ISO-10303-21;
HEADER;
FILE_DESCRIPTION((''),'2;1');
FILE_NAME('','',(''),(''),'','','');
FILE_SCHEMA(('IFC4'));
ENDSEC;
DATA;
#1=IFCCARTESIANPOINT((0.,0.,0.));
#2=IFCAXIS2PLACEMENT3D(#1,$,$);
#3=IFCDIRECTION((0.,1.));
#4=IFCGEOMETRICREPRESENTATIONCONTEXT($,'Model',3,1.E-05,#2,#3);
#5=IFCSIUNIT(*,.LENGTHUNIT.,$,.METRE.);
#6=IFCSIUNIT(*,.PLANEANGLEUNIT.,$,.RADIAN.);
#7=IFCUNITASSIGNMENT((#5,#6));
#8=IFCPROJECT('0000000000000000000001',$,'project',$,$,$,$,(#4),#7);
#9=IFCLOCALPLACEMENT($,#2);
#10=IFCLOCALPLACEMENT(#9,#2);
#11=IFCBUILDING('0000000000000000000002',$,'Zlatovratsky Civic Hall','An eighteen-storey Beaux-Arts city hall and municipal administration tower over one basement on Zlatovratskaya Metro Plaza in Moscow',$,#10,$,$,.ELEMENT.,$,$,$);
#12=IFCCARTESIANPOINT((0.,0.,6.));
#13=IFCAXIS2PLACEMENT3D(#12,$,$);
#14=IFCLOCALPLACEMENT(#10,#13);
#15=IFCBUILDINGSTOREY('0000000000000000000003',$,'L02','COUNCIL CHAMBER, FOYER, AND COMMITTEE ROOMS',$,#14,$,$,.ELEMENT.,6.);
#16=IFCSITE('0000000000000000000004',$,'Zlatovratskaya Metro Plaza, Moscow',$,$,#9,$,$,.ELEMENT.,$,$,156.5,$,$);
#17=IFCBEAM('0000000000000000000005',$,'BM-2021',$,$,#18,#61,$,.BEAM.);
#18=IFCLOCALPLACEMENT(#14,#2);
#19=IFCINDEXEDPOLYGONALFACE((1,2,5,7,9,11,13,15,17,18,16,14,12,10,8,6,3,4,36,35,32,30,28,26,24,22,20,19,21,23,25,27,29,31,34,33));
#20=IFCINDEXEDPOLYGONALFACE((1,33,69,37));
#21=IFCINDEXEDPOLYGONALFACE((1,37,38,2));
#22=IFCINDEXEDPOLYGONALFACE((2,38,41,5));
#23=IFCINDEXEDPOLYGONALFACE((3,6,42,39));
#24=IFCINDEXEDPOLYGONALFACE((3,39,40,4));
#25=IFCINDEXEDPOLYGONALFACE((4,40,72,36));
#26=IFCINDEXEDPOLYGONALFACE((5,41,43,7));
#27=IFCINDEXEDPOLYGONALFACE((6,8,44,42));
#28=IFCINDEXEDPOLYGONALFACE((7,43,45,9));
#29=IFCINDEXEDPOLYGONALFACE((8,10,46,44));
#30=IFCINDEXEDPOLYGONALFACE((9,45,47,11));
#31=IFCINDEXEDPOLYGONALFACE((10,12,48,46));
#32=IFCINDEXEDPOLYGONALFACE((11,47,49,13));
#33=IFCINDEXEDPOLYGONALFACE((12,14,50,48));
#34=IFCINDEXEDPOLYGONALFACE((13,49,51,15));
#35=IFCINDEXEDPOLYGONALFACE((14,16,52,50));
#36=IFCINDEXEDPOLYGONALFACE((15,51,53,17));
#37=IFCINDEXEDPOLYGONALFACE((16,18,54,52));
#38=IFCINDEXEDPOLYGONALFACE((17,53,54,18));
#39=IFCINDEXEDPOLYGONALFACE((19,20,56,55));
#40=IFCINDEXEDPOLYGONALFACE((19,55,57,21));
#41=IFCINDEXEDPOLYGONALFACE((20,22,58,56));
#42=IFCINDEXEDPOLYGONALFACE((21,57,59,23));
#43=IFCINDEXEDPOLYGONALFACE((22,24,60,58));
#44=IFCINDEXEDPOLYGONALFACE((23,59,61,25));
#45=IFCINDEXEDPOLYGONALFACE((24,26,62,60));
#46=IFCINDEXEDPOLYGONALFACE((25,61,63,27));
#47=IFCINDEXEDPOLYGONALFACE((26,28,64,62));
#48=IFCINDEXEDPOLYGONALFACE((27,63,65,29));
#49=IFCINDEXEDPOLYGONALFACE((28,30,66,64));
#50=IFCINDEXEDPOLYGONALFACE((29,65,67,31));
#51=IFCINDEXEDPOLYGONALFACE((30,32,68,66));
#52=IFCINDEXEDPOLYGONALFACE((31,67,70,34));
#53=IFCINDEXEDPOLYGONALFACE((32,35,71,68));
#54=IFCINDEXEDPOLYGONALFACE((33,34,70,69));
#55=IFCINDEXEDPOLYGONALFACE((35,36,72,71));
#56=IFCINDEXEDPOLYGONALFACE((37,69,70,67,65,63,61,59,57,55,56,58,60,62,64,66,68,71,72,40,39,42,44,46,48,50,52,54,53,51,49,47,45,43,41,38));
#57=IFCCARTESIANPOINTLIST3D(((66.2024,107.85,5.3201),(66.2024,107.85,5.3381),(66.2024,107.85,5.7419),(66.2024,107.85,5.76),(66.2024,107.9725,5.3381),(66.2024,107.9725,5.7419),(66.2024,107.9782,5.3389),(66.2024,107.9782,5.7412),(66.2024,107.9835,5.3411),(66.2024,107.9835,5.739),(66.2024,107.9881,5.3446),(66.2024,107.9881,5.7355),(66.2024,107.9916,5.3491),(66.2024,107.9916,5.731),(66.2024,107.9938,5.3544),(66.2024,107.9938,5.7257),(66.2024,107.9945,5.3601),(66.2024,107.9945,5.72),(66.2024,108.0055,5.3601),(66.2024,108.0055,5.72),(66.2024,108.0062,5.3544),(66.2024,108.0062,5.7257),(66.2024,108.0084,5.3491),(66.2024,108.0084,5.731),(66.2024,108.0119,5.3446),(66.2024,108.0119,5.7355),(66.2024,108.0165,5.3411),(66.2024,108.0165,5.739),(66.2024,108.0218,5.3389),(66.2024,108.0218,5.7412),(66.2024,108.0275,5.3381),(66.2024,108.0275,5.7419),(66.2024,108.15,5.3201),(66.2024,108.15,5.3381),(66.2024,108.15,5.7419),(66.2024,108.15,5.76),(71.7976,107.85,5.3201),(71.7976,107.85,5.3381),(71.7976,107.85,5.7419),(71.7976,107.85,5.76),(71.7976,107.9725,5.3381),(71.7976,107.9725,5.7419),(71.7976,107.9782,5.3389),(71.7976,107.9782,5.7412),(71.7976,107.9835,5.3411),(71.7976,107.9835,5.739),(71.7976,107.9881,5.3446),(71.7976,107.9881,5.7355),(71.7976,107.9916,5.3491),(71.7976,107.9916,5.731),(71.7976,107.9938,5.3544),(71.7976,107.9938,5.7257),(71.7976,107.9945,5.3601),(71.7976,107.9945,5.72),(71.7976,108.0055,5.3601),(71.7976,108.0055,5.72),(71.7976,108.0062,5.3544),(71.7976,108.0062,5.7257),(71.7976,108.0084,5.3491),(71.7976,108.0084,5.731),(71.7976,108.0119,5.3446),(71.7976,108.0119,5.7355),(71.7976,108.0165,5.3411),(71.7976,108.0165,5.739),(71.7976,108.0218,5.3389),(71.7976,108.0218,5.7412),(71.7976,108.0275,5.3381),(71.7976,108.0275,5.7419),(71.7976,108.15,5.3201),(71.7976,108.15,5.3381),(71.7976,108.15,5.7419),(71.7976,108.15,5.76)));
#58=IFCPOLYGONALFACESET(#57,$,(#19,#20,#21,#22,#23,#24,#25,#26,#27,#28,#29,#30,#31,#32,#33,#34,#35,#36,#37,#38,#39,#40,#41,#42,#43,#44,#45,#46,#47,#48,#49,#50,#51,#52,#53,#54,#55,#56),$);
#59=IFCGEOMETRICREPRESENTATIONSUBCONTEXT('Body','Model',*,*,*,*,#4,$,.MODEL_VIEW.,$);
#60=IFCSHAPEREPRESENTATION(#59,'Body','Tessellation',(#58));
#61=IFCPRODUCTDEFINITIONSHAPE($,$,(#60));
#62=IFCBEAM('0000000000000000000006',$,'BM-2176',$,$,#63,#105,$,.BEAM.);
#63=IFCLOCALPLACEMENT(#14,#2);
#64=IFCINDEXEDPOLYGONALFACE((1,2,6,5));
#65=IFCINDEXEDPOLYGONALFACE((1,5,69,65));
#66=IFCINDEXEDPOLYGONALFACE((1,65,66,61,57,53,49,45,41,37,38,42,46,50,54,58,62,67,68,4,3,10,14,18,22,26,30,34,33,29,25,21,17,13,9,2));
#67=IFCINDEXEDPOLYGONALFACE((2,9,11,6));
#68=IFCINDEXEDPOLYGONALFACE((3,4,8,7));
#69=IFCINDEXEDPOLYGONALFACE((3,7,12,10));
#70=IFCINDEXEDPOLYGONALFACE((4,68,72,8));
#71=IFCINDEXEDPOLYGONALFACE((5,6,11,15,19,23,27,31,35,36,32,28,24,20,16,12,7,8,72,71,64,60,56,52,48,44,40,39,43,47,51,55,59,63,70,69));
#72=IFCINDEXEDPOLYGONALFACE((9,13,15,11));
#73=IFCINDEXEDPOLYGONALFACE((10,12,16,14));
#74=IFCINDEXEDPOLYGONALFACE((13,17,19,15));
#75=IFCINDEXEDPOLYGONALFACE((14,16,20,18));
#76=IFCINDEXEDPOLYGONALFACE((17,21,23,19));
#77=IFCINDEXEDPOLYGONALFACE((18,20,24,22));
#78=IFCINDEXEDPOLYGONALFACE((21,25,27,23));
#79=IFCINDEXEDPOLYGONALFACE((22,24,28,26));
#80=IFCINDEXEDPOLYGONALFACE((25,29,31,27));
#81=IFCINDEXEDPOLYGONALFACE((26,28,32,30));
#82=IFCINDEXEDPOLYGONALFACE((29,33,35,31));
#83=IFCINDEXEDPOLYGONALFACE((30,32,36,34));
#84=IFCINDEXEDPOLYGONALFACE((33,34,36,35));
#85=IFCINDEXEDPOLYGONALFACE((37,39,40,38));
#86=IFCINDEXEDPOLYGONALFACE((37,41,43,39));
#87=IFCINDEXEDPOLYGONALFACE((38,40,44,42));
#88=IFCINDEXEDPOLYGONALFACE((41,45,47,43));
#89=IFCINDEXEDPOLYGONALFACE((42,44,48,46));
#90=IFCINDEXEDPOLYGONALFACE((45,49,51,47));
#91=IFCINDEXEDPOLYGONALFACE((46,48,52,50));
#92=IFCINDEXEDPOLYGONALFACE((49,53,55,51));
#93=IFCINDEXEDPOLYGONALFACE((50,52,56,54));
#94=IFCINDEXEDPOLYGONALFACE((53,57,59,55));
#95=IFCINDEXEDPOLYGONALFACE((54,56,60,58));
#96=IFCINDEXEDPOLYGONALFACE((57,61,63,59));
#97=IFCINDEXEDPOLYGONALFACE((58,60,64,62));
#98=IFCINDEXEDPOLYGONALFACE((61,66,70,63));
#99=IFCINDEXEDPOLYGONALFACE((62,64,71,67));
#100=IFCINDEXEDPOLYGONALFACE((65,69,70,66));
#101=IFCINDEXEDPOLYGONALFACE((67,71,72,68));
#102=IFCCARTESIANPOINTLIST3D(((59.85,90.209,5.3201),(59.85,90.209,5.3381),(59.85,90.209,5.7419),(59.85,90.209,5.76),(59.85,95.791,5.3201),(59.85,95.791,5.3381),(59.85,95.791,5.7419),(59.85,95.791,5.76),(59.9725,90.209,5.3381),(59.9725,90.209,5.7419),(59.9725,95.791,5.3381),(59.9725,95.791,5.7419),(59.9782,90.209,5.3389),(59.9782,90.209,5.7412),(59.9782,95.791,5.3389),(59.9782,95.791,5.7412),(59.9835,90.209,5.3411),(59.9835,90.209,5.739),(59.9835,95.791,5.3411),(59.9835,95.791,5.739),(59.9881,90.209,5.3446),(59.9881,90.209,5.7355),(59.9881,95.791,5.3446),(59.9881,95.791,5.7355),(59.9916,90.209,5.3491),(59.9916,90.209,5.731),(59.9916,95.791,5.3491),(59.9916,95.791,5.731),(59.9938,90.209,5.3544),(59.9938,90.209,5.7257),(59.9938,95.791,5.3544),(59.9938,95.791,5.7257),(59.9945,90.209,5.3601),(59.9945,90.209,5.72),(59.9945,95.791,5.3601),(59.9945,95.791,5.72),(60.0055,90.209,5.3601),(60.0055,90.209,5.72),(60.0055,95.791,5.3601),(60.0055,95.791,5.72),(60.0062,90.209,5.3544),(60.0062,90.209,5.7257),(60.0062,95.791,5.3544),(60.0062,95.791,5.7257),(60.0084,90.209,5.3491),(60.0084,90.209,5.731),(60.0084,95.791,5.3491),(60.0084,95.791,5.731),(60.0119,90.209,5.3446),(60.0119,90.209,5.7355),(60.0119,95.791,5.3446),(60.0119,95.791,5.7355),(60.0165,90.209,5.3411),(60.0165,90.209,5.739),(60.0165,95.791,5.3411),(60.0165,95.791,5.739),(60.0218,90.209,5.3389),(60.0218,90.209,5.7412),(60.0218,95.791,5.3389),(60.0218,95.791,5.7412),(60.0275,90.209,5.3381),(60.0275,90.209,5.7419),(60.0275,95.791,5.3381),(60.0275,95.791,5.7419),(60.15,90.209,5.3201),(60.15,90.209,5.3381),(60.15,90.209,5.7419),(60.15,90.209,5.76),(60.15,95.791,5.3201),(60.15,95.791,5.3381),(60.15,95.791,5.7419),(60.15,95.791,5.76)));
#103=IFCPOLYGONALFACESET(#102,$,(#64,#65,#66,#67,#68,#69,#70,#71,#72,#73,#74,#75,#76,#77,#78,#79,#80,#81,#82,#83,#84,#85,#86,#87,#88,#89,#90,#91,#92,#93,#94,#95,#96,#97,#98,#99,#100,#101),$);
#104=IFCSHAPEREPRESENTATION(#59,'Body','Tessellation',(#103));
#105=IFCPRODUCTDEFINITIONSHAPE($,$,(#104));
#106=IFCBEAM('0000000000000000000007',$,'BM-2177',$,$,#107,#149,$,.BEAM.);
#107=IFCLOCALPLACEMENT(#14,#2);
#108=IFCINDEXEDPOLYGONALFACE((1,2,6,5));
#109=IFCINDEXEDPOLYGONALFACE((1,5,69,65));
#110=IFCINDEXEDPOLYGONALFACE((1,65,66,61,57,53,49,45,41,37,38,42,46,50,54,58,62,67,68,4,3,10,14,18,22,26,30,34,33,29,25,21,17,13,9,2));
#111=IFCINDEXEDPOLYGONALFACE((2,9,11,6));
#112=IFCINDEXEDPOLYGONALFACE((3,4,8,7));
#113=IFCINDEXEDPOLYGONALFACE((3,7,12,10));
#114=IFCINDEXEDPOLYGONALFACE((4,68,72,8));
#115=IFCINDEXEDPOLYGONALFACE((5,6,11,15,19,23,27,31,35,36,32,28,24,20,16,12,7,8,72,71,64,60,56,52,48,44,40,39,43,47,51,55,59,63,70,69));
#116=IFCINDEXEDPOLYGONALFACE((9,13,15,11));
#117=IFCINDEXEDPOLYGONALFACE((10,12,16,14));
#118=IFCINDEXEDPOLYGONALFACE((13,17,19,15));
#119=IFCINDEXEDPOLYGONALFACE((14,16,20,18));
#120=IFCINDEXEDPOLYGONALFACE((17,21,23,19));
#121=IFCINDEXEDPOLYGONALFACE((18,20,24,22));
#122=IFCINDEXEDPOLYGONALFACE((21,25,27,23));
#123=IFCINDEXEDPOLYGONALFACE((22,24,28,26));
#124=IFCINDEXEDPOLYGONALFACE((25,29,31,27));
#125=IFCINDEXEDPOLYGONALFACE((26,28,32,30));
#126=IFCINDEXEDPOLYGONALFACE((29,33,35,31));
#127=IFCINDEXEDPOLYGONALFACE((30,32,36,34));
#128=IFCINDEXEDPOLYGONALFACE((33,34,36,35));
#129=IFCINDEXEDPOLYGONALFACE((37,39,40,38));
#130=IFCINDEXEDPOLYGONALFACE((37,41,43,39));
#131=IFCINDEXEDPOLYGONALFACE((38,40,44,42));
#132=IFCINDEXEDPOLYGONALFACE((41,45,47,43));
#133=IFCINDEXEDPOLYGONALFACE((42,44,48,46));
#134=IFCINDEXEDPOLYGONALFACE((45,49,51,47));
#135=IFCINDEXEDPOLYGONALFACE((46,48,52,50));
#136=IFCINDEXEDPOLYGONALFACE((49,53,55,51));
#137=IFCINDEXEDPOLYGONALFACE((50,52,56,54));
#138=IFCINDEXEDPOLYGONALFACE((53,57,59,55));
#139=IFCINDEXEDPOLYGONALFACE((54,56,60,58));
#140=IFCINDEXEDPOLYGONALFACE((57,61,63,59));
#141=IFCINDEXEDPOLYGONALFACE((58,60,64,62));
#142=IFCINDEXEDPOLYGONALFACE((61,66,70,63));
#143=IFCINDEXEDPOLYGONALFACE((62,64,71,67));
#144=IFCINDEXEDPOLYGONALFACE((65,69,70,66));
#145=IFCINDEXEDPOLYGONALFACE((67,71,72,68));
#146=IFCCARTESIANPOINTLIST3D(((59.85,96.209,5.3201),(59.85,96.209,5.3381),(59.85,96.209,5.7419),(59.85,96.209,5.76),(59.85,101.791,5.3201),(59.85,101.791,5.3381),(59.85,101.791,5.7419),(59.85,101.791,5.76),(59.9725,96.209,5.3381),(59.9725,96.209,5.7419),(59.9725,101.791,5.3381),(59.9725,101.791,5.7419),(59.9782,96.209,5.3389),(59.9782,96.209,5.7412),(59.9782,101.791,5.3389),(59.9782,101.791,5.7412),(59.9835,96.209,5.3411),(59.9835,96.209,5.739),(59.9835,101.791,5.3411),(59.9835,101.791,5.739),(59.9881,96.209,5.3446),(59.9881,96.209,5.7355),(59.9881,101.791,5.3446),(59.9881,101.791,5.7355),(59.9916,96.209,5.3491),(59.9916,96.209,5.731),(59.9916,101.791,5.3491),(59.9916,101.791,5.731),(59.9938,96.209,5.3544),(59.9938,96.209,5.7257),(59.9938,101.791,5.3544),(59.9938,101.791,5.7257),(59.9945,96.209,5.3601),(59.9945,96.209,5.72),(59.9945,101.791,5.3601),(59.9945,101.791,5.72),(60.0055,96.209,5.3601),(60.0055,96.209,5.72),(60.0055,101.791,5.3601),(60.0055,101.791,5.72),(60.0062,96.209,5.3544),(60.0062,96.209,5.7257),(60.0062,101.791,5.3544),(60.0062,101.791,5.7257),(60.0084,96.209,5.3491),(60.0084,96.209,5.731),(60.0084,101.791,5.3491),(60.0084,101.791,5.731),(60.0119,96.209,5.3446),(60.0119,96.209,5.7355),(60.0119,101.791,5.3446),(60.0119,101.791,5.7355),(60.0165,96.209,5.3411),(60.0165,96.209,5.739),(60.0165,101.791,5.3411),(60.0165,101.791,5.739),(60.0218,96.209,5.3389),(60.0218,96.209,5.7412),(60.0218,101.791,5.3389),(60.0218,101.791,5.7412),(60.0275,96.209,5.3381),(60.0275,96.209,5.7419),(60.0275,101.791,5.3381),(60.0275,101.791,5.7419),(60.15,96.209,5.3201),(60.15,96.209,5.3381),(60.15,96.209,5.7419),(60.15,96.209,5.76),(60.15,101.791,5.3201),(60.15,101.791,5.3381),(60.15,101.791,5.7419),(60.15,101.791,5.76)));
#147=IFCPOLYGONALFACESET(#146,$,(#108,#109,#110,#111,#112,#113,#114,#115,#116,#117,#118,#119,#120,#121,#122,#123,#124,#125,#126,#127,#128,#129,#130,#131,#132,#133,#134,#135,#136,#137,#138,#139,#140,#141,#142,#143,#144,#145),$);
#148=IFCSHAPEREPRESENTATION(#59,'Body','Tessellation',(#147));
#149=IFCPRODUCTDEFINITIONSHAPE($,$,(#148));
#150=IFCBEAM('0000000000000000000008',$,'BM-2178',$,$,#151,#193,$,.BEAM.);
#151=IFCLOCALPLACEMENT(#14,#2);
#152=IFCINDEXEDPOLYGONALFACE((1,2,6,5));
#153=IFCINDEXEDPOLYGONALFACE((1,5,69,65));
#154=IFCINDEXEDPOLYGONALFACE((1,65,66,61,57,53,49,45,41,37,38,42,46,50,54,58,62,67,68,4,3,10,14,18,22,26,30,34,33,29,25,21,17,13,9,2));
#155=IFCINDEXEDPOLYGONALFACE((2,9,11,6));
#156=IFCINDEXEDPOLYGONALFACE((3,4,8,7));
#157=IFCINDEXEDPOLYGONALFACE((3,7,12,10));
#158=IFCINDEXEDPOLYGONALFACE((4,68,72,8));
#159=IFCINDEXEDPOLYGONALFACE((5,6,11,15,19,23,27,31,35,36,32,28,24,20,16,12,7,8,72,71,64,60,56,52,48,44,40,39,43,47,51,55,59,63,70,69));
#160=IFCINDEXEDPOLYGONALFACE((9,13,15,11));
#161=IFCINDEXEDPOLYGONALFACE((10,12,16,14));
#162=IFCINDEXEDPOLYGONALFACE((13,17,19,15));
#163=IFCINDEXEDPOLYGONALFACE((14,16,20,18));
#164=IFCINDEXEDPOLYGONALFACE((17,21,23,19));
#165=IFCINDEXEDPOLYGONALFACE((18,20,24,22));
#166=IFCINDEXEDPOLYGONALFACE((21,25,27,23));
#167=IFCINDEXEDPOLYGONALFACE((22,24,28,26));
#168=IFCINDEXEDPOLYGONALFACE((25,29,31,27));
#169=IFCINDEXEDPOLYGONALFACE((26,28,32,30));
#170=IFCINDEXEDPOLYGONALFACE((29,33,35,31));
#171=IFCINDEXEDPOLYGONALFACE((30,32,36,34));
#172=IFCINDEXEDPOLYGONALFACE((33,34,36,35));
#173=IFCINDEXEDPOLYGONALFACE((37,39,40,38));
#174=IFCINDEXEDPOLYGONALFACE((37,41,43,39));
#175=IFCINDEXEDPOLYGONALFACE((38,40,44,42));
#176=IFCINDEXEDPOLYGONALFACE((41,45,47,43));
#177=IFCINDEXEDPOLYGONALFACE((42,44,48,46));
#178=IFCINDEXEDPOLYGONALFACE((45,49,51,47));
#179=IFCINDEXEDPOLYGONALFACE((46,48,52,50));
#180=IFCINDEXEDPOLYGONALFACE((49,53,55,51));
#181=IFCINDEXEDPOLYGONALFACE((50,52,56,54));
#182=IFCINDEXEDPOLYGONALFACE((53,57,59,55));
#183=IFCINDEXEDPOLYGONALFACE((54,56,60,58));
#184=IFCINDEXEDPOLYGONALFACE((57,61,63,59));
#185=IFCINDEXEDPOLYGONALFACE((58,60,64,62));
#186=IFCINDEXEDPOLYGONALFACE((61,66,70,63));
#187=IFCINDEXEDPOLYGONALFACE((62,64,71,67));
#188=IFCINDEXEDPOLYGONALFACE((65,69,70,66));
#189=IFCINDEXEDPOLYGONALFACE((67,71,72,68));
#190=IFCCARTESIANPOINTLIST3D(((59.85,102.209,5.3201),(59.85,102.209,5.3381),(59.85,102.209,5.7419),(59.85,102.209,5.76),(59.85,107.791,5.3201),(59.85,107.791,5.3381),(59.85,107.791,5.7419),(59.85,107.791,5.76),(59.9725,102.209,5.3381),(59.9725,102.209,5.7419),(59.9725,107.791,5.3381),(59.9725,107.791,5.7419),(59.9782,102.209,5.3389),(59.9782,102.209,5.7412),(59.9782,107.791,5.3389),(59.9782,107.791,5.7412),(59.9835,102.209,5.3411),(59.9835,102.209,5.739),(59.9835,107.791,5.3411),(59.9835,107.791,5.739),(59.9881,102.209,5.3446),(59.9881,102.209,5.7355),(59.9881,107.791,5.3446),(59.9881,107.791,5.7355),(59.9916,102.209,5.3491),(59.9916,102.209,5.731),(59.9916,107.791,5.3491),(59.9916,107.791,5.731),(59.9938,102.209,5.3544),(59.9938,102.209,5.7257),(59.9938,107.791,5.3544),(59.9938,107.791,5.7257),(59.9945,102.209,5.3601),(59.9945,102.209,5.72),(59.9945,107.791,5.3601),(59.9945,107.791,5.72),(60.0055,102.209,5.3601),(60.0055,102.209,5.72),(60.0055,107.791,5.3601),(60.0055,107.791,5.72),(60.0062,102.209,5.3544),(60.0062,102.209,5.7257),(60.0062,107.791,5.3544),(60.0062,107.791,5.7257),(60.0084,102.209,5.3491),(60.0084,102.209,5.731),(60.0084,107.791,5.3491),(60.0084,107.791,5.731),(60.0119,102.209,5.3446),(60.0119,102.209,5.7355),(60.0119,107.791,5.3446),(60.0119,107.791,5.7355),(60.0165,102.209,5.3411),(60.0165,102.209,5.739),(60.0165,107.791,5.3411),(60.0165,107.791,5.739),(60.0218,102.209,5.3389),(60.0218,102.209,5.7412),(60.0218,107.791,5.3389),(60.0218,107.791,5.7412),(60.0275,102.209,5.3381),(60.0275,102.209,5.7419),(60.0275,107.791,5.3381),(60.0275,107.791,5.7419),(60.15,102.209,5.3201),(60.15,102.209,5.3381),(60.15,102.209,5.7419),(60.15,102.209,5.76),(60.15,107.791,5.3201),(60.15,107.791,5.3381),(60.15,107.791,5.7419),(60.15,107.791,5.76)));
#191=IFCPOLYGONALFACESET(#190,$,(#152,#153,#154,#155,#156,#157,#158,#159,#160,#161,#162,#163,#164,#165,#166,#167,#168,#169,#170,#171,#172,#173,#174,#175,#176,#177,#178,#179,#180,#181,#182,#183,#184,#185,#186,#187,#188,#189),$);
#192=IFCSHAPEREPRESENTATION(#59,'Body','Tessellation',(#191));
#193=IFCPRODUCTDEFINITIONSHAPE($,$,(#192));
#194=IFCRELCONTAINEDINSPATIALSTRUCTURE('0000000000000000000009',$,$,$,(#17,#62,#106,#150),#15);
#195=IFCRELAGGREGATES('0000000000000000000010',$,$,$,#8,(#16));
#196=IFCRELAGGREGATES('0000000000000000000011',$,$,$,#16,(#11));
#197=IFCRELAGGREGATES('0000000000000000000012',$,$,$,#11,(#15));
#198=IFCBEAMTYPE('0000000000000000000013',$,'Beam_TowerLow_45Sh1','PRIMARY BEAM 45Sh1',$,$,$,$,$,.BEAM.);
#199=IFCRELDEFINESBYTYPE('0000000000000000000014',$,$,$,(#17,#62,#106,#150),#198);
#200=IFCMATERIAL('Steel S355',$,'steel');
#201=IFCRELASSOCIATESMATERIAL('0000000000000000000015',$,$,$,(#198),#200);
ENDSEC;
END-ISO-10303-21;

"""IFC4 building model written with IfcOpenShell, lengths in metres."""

from ifc_helpers import new_model, si_unit, direction, frame, origin, origin_2d, place, context, subcontext, project, spatial, i_section, extrude, material, material_profile, profile_set, type_object, element, save


model = new_model("IFC4")

# Units and contexts
model_context = context("Model", 3, precision=1e-05, world=origin(), true_north=direction((0.0, 1.0)))
body_context = subcontext(model_context, "Body", "Model", "MODEL_VIEW")
ifc_project = project(units=[si_unit("LENGTHUNIT", "METRE"), si_unit("PLANEANGLEUNIT", "RADIAN")], contexts=[model_context])

# Site, building, storey
site_placement = place(None, origin())
site = spatial("IfcSite", under=ifc_project, at=site_placement, Name="Zlatovratskaya Metro Plaza, Moscow", CompositionType="ELEMENT", RefElevation=156.5)
building_placement = place(site_placement, origin())
building = spatial("IfcBuilding", under=site, at=building_placement, Name="Zlatovratsky Civic Hall", Description="An eighteen-storey Beaux-Arts city hall and municipal administration tower over one basement on Zlatovratskaya Metro Plaza in Moscow", CompositionType="ELEMENT")
storey_placement = place(building_placement, frame((0.0, 0.0, 6.0)))
storey = spatial("IfcBuildingStorey", under=building, at=storey_placement, Name="L02", Description="COUNCIL CHAMBER, FOYER, AND COMMITTEE ROOMS", CompositionType="ELEMENT", Elevation=6.0)

# Shared definitions
ifc_material_1 = material(Name="Steel S355", Category="steel")

# Beams
ifc_material_profile_1 = material_profile(ifc_material_1, i_section(OverallWidth=0.3, OverallDepth=0.4399, WebThickness=0.011, FlangeThickness=0.0181, FilletRadius=0.022, at=origin_2d()), Name="45Sh1")
ifc_profile_set_1 = profile_set([ifc_material_profile_1], Name="Steel S355")
beam_type_1 = type_object("IfcBeamType", Name="Beam_TowerLow_45Sh1", Description="PRIMARY BEAM 45Sh1", PredefinedType="BEAM", material=ifc_profile_set_1)
for number, where, z_axis, x_axis, name in (
    (1, (66.2024, 108.0, 5.54), (1.0, 0.0, 0.0), (0.0, 1.0, 0.0), "BM-2021"),
):
    element("IfcBeam", number, at=place(storey_placement, frame(where, z_axis=z_axis, x_axis=x_axis)), inside=storey, type_object=beam_type_1, Name=name, PredefinedType="BEAM", context=body_context, shape_type="SweptSolid", body=[
        extrude(i_section(OverallWidth=0.3, OverallDepth=0.4399, WebThickness=0.011, FlangeThickness=0.0181, FilletRadius=0.022, at=origin_2d()), origin(), (0.0, 0.0, 1.0), 5.5952),
    ])
for number, where, z_axis, x_axis, name in (
    (2, (60.0, 90.209, 5.54), (0.0, 1.0, 0.0), (-1.0, 0.0, 0.0), "BM-2176"),
    (3, (60.0, 96.209, 5.54), (0.0, 1.0, 0.0), (-1.0, 0.0, 0.0), "BM-2177"),
    (4, (60.0, 102.209, 5.54), (0.0, 1.0, 0.0), (-1.0, 0.0, 0.0), "BM-2178"),
):
    element("IfcBeam", number, at=place(storey_placement, frame(where, z_axis=z_axis, x_axis=x_axis)), inside=storey, type_object=beam_type_1, Name=name, PredefinedType="BEAM", context=body_context, shape_type="SweptSolid", body=[
        extrude(i_section(OverallWidth=0.3, OverallDepth=0.4399, WebThickness=0.011, FlangeThickness=0.0181, FilletRadius=0.022, at=origin_2d()), origin(), (0.0, 0.0, 1.0), 5.582),
    ])

save(model, "model.ifc")
